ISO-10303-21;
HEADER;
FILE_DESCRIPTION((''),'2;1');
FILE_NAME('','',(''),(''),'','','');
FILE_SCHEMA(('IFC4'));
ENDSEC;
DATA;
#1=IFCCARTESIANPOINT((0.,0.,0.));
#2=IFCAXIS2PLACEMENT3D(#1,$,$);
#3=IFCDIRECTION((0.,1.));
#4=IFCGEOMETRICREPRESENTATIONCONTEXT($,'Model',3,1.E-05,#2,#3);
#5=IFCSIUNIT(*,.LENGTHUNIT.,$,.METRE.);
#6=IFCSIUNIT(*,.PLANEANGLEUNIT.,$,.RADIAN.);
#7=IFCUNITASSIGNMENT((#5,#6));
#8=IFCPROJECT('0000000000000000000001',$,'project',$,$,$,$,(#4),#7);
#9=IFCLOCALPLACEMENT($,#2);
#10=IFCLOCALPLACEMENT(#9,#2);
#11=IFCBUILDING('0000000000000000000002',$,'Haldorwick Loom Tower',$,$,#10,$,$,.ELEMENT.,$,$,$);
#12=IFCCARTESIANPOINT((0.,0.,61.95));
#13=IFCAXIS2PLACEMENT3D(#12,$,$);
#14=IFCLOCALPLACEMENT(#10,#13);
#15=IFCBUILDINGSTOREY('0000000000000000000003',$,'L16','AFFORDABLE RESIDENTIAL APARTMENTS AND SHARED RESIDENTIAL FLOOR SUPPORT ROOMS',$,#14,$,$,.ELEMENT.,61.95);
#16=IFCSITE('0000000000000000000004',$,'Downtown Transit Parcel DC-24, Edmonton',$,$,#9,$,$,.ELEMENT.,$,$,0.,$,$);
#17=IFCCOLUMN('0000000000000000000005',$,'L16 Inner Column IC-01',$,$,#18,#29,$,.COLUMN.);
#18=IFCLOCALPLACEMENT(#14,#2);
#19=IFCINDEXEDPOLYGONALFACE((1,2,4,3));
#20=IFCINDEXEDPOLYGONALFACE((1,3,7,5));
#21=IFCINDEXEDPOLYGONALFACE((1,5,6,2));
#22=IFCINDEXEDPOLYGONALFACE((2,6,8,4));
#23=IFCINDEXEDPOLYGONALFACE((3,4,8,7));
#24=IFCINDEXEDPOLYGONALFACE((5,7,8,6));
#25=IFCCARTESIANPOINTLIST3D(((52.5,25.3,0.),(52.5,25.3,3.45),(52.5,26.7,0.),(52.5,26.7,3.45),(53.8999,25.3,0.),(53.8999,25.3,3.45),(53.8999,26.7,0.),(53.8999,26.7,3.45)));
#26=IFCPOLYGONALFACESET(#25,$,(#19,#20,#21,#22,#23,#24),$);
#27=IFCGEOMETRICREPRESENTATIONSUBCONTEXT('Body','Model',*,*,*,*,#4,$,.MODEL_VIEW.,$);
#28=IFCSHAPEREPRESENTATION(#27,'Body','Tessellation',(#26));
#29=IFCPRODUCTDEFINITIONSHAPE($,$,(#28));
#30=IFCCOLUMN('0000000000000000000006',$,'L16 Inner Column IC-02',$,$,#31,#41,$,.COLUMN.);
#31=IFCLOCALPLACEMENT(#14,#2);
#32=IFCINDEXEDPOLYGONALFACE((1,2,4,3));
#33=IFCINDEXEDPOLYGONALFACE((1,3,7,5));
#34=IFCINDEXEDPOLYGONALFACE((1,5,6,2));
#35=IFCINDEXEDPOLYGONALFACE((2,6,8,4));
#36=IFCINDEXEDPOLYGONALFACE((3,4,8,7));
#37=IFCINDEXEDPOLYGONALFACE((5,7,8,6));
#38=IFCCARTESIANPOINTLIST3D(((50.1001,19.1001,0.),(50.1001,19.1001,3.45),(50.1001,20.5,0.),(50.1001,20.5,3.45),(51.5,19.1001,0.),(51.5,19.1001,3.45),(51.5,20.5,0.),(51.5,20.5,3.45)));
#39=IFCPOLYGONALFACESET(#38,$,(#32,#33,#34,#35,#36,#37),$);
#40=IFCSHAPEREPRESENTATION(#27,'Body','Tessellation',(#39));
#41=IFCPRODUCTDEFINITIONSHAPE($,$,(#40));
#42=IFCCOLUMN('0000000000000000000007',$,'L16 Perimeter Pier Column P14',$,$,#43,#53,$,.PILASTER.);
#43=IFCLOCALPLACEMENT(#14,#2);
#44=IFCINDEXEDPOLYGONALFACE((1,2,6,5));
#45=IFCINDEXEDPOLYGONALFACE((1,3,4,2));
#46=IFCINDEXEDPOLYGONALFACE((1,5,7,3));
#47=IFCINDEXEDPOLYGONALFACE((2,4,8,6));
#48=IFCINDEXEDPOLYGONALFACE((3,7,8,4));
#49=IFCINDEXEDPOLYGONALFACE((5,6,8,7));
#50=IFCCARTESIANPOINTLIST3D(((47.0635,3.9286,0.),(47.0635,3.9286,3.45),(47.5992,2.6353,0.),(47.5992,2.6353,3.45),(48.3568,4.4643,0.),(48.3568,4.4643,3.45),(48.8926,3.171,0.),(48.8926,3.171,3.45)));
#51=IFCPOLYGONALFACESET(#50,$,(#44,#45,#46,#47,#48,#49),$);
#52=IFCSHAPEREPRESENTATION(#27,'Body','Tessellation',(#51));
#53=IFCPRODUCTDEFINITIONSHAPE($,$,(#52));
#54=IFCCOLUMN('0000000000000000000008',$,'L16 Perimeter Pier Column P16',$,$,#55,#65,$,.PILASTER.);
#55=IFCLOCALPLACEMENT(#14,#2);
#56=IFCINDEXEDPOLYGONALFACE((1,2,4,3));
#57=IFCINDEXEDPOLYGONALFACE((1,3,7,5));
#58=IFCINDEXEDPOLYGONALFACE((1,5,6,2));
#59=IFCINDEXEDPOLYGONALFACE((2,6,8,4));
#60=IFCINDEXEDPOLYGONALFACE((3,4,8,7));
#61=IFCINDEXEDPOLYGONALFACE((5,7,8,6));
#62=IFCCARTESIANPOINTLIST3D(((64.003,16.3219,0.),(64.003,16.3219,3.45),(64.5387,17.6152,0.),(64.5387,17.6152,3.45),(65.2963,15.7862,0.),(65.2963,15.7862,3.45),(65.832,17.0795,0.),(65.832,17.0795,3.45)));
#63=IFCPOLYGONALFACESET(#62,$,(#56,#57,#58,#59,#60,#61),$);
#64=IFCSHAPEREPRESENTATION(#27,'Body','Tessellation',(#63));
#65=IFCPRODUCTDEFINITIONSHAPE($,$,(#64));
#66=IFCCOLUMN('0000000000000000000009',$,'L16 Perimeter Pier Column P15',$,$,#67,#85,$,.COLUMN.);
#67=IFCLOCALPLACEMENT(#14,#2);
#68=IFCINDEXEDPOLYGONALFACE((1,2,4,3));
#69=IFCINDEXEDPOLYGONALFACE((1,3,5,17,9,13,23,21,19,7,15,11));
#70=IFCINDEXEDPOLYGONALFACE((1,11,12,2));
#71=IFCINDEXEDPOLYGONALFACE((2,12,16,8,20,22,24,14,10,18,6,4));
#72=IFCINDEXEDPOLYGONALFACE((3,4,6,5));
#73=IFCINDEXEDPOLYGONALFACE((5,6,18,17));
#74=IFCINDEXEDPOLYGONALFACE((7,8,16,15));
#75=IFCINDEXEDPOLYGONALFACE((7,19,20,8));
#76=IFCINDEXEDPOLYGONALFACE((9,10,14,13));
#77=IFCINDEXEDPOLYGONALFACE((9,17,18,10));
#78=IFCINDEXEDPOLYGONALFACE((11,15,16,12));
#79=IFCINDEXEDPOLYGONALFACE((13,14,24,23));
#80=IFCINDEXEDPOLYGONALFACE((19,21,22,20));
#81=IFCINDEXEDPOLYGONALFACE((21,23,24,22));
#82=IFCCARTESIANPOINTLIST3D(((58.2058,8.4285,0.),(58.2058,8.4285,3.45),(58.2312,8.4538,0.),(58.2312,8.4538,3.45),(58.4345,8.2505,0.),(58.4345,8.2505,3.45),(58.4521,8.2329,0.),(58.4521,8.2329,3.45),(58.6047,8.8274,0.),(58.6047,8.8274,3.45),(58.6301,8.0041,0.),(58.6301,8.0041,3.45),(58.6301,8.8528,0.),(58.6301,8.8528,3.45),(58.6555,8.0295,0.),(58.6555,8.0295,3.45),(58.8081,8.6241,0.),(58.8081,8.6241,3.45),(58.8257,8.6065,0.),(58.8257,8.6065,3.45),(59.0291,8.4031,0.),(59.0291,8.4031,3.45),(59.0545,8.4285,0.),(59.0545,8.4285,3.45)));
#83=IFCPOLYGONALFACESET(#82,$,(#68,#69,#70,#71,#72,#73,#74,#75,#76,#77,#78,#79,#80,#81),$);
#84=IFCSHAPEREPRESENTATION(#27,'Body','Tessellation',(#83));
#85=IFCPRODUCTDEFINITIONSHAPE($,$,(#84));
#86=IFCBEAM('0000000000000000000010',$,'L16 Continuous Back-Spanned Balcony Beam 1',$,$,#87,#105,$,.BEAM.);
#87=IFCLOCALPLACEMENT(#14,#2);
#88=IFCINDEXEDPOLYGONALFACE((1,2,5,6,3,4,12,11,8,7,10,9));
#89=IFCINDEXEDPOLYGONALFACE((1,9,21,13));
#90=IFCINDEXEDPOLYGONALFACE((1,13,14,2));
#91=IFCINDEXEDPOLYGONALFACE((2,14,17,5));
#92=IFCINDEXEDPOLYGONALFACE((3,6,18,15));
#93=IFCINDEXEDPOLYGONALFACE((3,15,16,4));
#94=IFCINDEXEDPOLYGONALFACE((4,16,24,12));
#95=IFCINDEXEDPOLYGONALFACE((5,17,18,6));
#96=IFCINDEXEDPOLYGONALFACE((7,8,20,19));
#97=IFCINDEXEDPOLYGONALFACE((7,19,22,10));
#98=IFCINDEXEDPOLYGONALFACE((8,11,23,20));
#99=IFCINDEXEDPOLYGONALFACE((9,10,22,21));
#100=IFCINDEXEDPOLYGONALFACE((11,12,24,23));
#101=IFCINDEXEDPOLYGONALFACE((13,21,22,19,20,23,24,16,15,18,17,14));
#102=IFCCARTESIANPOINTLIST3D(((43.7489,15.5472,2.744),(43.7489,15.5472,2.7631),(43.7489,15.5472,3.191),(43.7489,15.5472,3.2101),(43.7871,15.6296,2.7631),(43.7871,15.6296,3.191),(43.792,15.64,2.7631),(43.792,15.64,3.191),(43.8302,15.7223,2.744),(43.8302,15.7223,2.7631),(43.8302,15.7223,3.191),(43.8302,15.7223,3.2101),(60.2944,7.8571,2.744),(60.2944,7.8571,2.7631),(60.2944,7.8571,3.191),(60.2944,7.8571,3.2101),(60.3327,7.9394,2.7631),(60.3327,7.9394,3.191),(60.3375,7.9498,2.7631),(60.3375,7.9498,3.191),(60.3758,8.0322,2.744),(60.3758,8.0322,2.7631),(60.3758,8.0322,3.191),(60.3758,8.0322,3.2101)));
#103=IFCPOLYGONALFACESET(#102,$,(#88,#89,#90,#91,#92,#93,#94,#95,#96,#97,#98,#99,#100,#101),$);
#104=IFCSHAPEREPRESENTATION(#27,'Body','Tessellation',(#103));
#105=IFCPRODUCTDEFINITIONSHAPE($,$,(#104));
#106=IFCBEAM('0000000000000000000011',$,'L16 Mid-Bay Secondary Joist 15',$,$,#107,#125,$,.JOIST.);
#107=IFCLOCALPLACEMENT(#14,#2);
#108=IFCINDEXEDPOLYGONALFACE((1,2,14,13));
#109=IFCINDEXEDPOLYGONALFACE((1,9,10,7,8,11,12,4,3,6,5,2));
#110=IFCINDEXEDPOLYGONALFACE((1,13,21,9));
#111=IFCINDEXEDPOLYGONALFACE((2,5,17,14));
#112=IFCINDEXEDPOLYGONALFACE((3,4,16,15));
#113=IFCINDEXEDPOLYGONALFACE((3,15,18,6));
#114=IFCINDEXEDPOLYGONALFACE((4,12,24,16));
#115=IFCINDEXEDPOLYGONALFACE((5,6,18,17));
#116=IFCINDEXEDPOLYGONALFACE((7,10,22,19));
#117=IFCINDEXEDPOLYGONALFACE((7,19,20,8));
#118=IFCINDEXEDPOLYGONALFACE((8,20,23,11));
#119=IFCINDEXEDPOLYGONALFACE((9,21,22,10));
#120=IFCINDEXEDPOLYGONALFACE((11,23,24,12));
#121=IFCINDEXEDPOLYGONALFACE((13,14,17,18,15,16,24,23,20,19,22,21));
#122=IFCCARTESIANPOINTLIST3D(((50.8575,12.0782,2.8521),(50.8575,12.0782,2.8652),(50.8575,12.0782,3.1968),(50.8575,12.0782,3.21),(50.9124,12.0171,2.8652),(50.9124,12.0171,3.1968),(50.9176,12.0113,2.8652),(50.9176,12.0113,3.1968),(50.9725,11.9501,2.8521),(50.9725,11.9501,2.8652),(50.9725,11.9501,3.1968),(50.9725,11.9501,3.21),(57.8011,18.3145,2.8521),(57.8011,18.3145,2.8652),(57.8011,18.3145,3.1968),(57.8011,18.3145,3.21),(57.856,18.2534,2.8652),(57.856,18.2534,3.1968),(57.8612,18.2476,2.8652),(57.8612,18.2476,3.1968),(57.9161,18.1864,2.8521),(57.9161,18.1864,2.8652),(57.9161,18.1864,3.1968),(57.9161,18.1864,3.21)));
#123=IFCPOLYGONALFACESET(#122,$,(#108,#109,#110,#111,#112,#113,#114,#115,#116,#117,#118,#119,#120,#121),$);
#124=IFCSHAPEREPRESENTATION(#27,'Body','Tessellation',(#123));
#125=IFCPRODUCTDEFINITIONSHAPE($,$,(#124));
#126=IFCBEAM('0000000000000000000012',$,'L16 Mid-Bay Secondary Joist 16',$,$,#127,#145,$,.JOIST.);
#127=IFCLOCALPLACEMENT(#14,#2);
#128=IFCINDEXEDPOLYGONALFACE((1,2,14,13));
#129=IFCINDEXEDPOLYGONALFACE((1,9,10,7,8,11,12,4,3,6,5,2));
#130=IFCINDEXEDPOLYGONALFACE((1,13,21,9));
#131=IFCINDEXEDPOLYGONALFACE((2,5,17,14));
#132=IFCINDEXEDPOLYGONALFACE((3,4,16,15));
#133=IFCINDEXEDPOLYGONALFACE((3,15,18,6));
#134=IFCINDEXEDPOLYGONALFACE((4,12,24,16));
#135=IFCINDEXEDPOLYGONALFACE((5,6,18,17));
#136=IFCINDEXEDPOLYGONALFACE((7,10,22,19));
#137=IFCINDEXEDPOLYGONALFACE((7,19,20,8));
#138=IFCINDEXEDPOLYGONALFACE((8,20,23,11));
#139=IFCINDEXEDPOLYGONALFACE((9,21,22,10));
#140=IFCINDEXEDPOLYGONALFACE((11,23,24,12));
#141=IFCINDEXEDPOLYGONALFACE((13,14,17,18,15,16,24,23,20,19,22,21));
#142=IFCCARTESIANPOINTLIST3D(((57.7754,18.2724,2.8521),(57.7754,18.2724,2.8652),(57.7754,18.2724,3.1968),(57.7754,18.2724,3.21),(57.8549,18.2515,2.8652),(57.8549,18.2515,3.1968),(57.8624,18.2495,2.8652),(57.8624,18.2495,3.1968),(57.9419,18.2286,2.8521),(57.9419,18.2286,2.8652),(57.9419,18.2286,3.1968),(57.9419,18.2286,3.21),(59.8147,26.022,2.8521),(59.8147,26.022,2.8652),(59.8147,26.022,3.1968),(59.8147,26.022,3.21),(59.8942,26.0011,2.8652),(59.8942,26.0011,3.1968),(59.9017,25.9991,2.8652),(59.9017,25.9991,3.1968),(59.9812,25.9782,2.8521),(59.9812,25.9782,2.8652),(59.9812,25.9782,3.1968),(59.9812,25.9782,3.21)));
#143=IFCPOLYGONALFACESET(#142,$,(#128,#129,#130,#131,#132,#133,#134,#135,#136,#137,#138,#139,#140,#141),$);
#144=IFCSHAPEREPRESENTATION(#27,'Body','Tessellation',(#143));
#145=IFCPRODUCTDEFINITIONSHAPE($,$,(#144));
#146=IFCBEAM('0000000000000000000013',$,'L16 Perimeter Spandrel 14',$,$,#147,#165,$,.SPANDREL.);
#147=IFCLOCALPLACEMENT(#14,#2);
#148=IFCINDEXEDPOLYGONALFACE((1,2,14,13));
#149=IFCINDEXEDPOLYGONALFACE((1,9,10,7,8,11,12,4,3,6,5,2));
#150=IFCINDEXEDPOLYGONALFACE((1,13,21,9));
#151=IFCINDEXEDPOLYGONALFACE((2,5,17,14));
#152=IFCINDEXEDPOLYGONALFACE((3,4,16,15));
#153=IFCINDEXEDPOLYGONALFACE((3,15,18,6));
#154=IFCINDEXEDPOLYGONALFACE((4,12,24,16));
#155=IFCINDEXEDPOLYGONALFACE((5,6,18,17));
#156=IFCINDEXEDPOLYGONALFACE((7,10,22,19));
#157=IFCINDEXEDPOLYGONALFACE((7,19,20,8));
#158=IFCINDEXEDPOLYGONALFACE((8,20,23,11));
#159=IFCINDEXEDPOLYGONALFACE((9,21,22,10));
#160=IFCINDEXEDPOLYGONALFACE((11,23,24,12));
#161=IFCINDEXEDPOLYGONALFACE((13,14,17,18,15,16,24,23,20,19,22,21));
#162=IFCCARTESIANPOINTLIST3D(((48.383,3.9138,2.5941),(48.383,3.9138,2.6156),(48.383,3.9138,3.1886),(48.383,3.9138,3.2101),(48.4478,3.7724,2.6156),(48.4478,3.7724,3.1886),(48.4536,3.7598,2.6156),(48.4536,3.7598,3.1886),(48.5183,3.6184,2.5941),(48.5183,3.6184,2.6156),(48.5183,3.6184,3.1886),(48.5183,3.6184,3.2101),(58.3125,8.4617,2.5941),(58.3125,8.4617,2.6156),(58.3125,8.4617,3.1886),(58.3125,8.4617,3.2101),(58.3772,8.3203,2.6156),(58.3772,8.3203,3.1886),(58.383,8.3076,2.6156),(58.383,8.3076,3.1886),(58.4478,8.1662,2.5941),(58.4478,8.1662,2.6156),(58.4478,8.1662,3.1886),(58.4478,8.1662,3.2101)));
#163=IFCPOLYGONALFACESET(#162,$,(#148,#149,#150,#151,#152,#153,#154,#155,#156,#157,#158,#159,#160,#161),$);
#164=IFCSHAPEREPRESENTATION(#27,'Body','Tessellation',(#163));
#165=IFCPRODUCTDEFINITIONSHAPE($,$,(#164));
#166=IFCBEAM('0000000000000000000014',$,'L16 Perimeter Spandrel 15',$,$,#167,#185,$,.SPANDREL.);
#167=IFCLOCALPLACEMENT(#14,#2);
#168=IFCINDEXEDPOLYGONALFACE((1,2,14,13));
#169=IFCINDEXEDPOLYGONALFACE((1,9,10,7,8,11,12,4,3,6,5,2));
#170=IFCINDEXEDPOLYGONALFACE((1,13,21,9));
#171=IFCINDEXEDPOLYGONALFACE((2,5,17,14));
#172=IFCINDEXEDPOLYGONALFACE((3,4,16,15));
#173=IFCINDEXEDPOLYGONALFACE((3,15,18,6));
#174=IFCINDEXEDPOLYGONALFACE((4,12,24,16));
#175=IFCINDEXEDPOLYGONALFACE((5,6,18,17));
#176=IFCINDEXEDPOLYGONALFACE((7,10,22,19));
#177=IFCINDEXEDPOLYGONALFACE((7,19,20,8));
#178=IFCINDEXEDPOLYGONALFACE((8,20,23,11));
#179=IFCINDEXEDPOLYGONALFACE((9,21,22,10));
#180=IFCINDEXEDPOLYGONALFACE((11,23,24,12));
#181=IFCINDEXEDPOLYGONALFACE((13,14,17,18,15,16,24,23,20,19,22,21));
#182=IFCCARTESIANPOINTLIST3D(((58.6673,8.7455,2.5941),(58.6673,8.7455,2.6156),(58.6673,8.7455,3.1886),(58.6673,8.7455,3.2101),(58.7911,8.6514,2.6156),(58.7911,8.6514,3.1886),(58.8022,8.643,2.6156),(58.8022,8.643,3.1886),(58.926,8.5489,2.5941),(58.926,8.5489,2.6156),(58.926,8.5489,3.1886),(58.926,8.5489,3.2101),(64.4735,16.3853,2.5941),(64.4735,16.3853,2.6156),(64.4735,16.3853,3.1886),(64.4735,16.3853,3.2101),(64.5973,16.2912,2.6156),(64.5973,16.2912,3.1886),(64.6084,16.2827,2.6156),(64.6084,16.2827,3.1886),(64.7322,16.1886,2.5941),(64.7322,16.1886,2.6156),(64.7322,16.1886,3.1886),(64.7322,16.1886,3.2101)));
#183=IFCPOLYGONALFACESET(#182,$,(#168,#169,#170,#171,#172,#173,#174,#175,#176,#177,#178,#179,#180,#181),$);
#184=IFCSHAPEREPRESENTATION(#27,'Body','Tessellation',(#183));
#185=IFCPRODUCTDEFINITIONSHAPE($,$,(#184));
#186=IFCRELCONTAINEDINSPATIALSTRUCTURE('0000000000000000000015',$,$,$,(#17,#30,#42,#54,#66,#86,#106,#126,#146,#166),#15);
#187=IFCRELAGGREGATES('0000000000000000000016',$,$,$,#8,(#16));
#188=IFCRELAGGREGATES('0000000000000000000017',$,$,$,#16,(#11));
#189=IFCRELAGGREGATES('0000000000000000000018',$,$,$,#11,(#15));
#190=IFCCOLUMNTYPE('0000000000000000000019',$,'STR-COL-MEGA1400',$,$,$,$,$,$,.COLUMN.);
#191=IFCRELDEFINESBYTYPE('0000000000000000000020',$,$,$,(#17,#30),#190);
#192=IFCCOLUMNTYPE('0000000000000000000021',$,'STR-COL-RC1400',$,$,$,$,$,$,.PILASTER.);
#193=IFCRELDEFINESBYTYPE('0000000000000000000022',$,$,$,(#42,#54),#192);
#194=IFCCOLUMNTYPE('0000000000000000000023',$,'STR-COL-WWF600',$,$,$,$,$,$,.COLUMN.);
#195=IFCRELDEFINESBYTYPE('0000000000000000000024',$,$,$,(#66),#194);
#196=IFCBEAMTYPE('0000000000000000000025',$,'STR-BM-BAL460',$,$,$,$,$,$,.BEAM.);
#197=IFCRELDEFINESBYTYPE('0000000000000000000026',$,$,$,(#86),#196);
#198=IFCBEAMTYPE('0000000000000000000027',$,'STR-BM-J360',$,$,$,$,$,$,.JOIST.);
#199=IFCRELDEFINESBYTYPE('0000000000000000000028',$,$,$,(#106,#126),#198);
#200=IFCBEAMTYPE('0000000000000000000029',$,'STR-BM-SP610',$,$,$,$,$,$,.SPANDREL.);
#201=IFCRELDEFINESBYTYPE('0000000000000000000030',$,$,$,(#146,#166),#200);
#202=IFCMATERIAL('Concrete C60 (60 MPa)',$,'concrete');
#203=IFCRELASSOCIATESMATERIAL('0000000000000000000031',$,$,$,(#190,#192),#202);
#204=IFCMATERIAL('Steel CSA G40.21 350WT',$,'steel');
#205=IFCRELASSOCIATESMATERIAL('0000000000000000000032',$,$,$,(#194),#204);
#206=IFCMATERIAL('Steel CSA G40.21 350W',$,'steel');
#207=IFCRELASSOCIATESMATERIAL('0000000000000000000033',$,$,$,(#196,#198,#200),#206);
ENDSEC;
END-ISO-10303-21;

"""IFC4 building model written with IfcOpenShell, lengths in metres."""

from ifc_helpers import new_model, si_unit, direction, frame, origin, origin_2d, place, context, subcontext, project, spatial, rectangle, i_section, extrude, material, material_profile, profile_set, type_object, element, save


model = new_model("IFC4")

# Units and contexts
model_context = context("Model", 3, precision=1e-05, world=origin(), true_north=direction((0.0, 1.0)))
body_context = subcontext(model_context, "Body", "Model", "MODEL_VIEW")
ifc_project = project(units=[si_unit("LENGTHUNIT", "METRE"), si_unit("PLANEANGLEUNIT", "RADIAN")], contexts=[model_context])

# Site, building, storey
site_placement = place(None, origin())
site = spatial("IfcSite", under=ifc_project, at=site_placement, Name="Downtown Transit Parcel DC-24, Edmonton", CompositionType="ELEMENT", RefElevation=0.0)
building_placement = place(site_placement, origin())
building = spatial("IfcBuilding", under=site, at=building_placement, Name="Haldorwick Loom Tower", CompositionType="ELEMENT")
storey_placement = place(building_placement, frame((0.0, 0.0, 61.95)))
storey = spatial("IfcBuildingStorey", under=building, at=storey_placement, Name="L16", Description="AFFORDABLE RESIDENTIAL APARTMENTS AND SHARED RESIDENTIAL FLOOR SUPPORT ROOMS", CompositionType="ELEMENT", Elevation=61.95)

# Columns
ifc_material_1 = material(Name="Concrete C60 (60 MPa)", Category="concrete")
ifc_material_profile_1 = material_profile(ifc_material_1, rectangle(XDim=1.3999, YDim=1.3999, at=origin_2d()), Name="RC1400X1400", Category="concrete")
ifc_profile_set_1 = profile_set([ifc_material_profile_1], Name="Concrete C60 (60 MPa)")
column_type_1 = type_object("IfcColumnType", Name="STR-COL-MEGA1400", PredefinedType="COLUMN", material=ifc_profile_set_1)
for number, where, z_axis, x_axis, name in (
    (1, (53.2, 26.0, 0.0), (0.0, 0.0, 1.0), (1.0, 0.0, 0.0), "L16 Inner Column IC-01"),
    (2, (50.8, 19.8, 0.0), (0.0, 0.0, 1.0), (1.0, 0.0, 0.0), "L16 Inner Column IC-02"),
):
    element("IfcColumn", number, at=place(storey_placement, frame(where, z_axis=z_axis, x_axis=x_axis)), inside=storey, type_object=column_type_1, Name=name, PredefinedType="COLUMN", context=body_context, shape_type="SweptSolid", body=[
        extrude(rectangle(XDim=1.3999, YDim=1.3999, at=origin_2d()), origin(), (0.0, 0.0, 1.0), 3.45),
    ])
ifc_material_profile_2 = material_profile(ifc_material_1, rectangle(XDim=1.3999, YDim=1.3999, at=origin_2d()), Name="RC1400X1400", Category="concrete")
ifc_profile_set_2 = profile_set([ifc_material_profile_2], Name="Concrete C60 (60 MPa)")
column_type_2 = type_object("IfcColumnType", Name="STR-COL-RC1400", PredefinedType="PILASTER", material=ifc_profile_set_2)
for number, where, z_axis, x_axis, name in (
    (3, (47.978, 3.5498, 0.0), (0.0, 0.0, 1.0), (0.382683, -0.92388, 0.0), "L16 Perimeter Pier Column P14"),
    (4, (64.9175, 16.7007, 0.0), (0.0, 0.0, 1.0), (0.92388, -0.382683, 0.0), "L16 Perimeter Pier Column P16"),
):
    element("IfcColumn", number, at=place(storey_placement, frame(where, z_axis=z_axis, x_axis=x_axis)), inside=storey, type_object=column_type_2, Name=name, PredefinedType="PILASTER", context=body_context, shape_type="SweptSolid", body=[
        extrude(rectangle(XDim=1.3999, YDim=1.3999, at=origin_2d()), origin(), (0.0, 0.0, 1.0), 3.45),
    ])
ifc_material_2 = material(Name="Steel CSA G40.21 350WT", Category="steel")
ifc_material_profile_3 = material_profile(ifc_material_2, i_section(OverallWidth=0.6001, OverallDepth=0.6001, WebThickness=0.0249, FlangeThickness=0.0359, at=origin_2d()), Name="WWF600X600", Category="steel")
ifc_profile_set_3 = profile_set([ifc_material_profile_3], Name="Steel CSA G40.21 350WT")
column_type_3 = type_object("IfcColumnType", Name="STR-COL-WWF600", PredefinedType="COLUMN", material=ifc_profile_set_3)
column_placement = place(storey_placement, frame((58.6301, 8.4285, 0.0), z_axis=(0.0, 0.0, 1.0), x_axis=(0.707107, -0.707107, 0.0)))
element("IfcColumn", 5, at=column_placement, inside=storey, type_object=column_type_3, Name="L16 Perimeter Pier Column P15", PredefinedType="COLUMN", context=body_context, shape_type="SweptSolid", body=[
    extrude(i_section(OverallWidth=0.6001, OverallDepth=0.6001, WebThickness=0.0249, FlangeThickness=0.0359, at=origin_2d()), origin(), (0.0, 0.0, 1.0), 3.45),
])

# Beams
ifc_material_3 = material(Name="Steel CSA G40.21 350W", Category="steel")
ifc_material_profile_4 = material_profile(ifc_material_3, i_section(OverallWidth=0.1931, OverallDepth=0.4661, WebThickness=0.0115, FlangeThickness=0.019, at=origin_2d()), Name="W460X97", Category="steel")
ifc_profile_set_4 = profile_set([ifc_material_profile_4], Name="Steel CSA G40.21 350W")
beam_type_1 = type_object("IfcBeamType", Name="STR-BM-BAL460", PredefinedType="BEAM", material=ifc_profile_set_4)
beam_1_placement = place(storey_placement, frame((43.7896, 15.6348, 2.9771), z_axis=(0.906836, -0.421484, 0.0), x_axis=(0.421484, 0.906836, 0.0)))
element("IfcBeam", 6, at=beam_1_placement, inside=storey, type_object=beam_type_1, Name="L16 Continuous Back-Spanned Balcony Beam 1", PredefinedType="BEAM", context=body_context, shape_type="SweptSolid", body=[
    extrude(i_section(OverallWidth=0.1931, OverallDepth=0.4661, WebThickness=0.0115, FlangeThickness=0.019, at=origin_2d()), origin(), (0.0, 0.0, 1.0), 18.2454),
])
ifc_material_profile_5 = material_profile(ifc_material_3, i_section(OverallWidth=0.1721, OverallDepth=0.3579, WebThickness=0.0078, FlangeThickness=0.0132, at=origin_2d()), Name="W360X57", Category="steel")
ifc_profile_set_5 = profile_set([ifc_material_profile_5], Name="Steel CSA G40.21 350W")
beam_type_2 = type_object("IfcBeamType", Name="STR-BM-J360", PredefinedType="JOIST", material=ifc_profile_set_5)
beam_2_placement = place(storey_placement, frame((50.915, 12.0142, 3.031), z_axis=(0.743982, 0.6682, 0.0), x_axis=(-0.6682, 0.743982, 0.0)))
element("IfcBeam", 7, at=beam_2_placement, inside=storey, type_object=beam_type_2, Name="L16 Mid-Bay Secondary Joist 15", PredefinedType="JOIST", context=body_context, shape_type="SweptSolid", body=[
    extrude(i_section(OverallWidth=0.1721, OverallDepth=0.3579, WebThickness=0.0078, FlangeThickness=0.0132, at=origin_2d()), origin(), (0.0, 0.0, 1.0), 9.333),
])
beam_3_placement = place(storey_placement, frame((57.8586, 18.2505, 3.031), z_axis=(0.254489, 0.967076, 0.0), x_axis=(-0.967076, 0.254489, 0.0)))
element("IfcBeam", 8, at=beam_3_placement, inside=storey, type_object=beam_type_2, Name="L16 Mid-Bay Secondary Joist 16", PredefinedType="JOIST", context=body_context, shape_type="SweptSolid", body=[
    extrude(i_section(OverallWidth=0.1721, OverallDepth=0.3579, WebThickness=0.0078, FlangeThickness=0.0132, at=origin_2d()), origin(), (0.0, 0.0, 1.0), 8.0134),
])
ifc_material_profile_6 = material_profile(ifc_material_3, i_section(OverallWidth=0.325, OverallDepth=0.616, WebThickness=0.0139, FlangeThickness=0.0215, at=origin_2d()), Name="W610X174", Category="steel")
ifc_profile_set_6 = profile_set([ifc_material_profile_6], Name="Steel CSA G40.21 350W")
beam_type_3 = type_object("IfcBeamType", Name="STR-BM-SP610", PredefinedType="SPANDREL", material=ifc_profile_set_6)
beam_4_placement = place(storey_placement, frame((48.4507, 3.7661, 2.9021), z_axis=(0.909174, 0.416417, 0.0), x_axis=(-0.416417, 0.909174, 0.0)))
element("IfcBeam", 9, at=beam_4_placement, inside=storey, type_object=beam_type_3, Name="L16 Perimeter Spandrel 14", PredefinedType="SPANDREL", context=body_context, shape_type="SweptSolid", body=[
    extrude(i_section(OverallWidth=0.325, OverallDepth=0.616, WebThickness=0.0139, FlangeThickness=0.0215, at=origin_2d()), origin(), (0.0, 0.0, 1.0), 10.9214),
])
beam_5_placement = place(storey_placement, frame((58.7966, 8.6472, 2.9021), z_axis=(0.605085, 0.796161, 0.0), x_axis=(-0.796161, 0.605085, 0.0)))
element("IfcBeam", 10, at=beam_5_placement, inside=storey, type_object=beam_type_3, Name="L16 Perimeter Spandrel 15", PredefinedType="SPANDREL", context=body_context, shape_type="SweptSolid", body=[
    extrude(i_section(OverallWidth=0.325, OverallDepth=0.616, WebThickness=0.0139, FlangeThickness=0.0215, at=origin_2d()), origin(), (0.0, 0.0, 1.0), 9.5957),
])

save(model, "model.ifc")
